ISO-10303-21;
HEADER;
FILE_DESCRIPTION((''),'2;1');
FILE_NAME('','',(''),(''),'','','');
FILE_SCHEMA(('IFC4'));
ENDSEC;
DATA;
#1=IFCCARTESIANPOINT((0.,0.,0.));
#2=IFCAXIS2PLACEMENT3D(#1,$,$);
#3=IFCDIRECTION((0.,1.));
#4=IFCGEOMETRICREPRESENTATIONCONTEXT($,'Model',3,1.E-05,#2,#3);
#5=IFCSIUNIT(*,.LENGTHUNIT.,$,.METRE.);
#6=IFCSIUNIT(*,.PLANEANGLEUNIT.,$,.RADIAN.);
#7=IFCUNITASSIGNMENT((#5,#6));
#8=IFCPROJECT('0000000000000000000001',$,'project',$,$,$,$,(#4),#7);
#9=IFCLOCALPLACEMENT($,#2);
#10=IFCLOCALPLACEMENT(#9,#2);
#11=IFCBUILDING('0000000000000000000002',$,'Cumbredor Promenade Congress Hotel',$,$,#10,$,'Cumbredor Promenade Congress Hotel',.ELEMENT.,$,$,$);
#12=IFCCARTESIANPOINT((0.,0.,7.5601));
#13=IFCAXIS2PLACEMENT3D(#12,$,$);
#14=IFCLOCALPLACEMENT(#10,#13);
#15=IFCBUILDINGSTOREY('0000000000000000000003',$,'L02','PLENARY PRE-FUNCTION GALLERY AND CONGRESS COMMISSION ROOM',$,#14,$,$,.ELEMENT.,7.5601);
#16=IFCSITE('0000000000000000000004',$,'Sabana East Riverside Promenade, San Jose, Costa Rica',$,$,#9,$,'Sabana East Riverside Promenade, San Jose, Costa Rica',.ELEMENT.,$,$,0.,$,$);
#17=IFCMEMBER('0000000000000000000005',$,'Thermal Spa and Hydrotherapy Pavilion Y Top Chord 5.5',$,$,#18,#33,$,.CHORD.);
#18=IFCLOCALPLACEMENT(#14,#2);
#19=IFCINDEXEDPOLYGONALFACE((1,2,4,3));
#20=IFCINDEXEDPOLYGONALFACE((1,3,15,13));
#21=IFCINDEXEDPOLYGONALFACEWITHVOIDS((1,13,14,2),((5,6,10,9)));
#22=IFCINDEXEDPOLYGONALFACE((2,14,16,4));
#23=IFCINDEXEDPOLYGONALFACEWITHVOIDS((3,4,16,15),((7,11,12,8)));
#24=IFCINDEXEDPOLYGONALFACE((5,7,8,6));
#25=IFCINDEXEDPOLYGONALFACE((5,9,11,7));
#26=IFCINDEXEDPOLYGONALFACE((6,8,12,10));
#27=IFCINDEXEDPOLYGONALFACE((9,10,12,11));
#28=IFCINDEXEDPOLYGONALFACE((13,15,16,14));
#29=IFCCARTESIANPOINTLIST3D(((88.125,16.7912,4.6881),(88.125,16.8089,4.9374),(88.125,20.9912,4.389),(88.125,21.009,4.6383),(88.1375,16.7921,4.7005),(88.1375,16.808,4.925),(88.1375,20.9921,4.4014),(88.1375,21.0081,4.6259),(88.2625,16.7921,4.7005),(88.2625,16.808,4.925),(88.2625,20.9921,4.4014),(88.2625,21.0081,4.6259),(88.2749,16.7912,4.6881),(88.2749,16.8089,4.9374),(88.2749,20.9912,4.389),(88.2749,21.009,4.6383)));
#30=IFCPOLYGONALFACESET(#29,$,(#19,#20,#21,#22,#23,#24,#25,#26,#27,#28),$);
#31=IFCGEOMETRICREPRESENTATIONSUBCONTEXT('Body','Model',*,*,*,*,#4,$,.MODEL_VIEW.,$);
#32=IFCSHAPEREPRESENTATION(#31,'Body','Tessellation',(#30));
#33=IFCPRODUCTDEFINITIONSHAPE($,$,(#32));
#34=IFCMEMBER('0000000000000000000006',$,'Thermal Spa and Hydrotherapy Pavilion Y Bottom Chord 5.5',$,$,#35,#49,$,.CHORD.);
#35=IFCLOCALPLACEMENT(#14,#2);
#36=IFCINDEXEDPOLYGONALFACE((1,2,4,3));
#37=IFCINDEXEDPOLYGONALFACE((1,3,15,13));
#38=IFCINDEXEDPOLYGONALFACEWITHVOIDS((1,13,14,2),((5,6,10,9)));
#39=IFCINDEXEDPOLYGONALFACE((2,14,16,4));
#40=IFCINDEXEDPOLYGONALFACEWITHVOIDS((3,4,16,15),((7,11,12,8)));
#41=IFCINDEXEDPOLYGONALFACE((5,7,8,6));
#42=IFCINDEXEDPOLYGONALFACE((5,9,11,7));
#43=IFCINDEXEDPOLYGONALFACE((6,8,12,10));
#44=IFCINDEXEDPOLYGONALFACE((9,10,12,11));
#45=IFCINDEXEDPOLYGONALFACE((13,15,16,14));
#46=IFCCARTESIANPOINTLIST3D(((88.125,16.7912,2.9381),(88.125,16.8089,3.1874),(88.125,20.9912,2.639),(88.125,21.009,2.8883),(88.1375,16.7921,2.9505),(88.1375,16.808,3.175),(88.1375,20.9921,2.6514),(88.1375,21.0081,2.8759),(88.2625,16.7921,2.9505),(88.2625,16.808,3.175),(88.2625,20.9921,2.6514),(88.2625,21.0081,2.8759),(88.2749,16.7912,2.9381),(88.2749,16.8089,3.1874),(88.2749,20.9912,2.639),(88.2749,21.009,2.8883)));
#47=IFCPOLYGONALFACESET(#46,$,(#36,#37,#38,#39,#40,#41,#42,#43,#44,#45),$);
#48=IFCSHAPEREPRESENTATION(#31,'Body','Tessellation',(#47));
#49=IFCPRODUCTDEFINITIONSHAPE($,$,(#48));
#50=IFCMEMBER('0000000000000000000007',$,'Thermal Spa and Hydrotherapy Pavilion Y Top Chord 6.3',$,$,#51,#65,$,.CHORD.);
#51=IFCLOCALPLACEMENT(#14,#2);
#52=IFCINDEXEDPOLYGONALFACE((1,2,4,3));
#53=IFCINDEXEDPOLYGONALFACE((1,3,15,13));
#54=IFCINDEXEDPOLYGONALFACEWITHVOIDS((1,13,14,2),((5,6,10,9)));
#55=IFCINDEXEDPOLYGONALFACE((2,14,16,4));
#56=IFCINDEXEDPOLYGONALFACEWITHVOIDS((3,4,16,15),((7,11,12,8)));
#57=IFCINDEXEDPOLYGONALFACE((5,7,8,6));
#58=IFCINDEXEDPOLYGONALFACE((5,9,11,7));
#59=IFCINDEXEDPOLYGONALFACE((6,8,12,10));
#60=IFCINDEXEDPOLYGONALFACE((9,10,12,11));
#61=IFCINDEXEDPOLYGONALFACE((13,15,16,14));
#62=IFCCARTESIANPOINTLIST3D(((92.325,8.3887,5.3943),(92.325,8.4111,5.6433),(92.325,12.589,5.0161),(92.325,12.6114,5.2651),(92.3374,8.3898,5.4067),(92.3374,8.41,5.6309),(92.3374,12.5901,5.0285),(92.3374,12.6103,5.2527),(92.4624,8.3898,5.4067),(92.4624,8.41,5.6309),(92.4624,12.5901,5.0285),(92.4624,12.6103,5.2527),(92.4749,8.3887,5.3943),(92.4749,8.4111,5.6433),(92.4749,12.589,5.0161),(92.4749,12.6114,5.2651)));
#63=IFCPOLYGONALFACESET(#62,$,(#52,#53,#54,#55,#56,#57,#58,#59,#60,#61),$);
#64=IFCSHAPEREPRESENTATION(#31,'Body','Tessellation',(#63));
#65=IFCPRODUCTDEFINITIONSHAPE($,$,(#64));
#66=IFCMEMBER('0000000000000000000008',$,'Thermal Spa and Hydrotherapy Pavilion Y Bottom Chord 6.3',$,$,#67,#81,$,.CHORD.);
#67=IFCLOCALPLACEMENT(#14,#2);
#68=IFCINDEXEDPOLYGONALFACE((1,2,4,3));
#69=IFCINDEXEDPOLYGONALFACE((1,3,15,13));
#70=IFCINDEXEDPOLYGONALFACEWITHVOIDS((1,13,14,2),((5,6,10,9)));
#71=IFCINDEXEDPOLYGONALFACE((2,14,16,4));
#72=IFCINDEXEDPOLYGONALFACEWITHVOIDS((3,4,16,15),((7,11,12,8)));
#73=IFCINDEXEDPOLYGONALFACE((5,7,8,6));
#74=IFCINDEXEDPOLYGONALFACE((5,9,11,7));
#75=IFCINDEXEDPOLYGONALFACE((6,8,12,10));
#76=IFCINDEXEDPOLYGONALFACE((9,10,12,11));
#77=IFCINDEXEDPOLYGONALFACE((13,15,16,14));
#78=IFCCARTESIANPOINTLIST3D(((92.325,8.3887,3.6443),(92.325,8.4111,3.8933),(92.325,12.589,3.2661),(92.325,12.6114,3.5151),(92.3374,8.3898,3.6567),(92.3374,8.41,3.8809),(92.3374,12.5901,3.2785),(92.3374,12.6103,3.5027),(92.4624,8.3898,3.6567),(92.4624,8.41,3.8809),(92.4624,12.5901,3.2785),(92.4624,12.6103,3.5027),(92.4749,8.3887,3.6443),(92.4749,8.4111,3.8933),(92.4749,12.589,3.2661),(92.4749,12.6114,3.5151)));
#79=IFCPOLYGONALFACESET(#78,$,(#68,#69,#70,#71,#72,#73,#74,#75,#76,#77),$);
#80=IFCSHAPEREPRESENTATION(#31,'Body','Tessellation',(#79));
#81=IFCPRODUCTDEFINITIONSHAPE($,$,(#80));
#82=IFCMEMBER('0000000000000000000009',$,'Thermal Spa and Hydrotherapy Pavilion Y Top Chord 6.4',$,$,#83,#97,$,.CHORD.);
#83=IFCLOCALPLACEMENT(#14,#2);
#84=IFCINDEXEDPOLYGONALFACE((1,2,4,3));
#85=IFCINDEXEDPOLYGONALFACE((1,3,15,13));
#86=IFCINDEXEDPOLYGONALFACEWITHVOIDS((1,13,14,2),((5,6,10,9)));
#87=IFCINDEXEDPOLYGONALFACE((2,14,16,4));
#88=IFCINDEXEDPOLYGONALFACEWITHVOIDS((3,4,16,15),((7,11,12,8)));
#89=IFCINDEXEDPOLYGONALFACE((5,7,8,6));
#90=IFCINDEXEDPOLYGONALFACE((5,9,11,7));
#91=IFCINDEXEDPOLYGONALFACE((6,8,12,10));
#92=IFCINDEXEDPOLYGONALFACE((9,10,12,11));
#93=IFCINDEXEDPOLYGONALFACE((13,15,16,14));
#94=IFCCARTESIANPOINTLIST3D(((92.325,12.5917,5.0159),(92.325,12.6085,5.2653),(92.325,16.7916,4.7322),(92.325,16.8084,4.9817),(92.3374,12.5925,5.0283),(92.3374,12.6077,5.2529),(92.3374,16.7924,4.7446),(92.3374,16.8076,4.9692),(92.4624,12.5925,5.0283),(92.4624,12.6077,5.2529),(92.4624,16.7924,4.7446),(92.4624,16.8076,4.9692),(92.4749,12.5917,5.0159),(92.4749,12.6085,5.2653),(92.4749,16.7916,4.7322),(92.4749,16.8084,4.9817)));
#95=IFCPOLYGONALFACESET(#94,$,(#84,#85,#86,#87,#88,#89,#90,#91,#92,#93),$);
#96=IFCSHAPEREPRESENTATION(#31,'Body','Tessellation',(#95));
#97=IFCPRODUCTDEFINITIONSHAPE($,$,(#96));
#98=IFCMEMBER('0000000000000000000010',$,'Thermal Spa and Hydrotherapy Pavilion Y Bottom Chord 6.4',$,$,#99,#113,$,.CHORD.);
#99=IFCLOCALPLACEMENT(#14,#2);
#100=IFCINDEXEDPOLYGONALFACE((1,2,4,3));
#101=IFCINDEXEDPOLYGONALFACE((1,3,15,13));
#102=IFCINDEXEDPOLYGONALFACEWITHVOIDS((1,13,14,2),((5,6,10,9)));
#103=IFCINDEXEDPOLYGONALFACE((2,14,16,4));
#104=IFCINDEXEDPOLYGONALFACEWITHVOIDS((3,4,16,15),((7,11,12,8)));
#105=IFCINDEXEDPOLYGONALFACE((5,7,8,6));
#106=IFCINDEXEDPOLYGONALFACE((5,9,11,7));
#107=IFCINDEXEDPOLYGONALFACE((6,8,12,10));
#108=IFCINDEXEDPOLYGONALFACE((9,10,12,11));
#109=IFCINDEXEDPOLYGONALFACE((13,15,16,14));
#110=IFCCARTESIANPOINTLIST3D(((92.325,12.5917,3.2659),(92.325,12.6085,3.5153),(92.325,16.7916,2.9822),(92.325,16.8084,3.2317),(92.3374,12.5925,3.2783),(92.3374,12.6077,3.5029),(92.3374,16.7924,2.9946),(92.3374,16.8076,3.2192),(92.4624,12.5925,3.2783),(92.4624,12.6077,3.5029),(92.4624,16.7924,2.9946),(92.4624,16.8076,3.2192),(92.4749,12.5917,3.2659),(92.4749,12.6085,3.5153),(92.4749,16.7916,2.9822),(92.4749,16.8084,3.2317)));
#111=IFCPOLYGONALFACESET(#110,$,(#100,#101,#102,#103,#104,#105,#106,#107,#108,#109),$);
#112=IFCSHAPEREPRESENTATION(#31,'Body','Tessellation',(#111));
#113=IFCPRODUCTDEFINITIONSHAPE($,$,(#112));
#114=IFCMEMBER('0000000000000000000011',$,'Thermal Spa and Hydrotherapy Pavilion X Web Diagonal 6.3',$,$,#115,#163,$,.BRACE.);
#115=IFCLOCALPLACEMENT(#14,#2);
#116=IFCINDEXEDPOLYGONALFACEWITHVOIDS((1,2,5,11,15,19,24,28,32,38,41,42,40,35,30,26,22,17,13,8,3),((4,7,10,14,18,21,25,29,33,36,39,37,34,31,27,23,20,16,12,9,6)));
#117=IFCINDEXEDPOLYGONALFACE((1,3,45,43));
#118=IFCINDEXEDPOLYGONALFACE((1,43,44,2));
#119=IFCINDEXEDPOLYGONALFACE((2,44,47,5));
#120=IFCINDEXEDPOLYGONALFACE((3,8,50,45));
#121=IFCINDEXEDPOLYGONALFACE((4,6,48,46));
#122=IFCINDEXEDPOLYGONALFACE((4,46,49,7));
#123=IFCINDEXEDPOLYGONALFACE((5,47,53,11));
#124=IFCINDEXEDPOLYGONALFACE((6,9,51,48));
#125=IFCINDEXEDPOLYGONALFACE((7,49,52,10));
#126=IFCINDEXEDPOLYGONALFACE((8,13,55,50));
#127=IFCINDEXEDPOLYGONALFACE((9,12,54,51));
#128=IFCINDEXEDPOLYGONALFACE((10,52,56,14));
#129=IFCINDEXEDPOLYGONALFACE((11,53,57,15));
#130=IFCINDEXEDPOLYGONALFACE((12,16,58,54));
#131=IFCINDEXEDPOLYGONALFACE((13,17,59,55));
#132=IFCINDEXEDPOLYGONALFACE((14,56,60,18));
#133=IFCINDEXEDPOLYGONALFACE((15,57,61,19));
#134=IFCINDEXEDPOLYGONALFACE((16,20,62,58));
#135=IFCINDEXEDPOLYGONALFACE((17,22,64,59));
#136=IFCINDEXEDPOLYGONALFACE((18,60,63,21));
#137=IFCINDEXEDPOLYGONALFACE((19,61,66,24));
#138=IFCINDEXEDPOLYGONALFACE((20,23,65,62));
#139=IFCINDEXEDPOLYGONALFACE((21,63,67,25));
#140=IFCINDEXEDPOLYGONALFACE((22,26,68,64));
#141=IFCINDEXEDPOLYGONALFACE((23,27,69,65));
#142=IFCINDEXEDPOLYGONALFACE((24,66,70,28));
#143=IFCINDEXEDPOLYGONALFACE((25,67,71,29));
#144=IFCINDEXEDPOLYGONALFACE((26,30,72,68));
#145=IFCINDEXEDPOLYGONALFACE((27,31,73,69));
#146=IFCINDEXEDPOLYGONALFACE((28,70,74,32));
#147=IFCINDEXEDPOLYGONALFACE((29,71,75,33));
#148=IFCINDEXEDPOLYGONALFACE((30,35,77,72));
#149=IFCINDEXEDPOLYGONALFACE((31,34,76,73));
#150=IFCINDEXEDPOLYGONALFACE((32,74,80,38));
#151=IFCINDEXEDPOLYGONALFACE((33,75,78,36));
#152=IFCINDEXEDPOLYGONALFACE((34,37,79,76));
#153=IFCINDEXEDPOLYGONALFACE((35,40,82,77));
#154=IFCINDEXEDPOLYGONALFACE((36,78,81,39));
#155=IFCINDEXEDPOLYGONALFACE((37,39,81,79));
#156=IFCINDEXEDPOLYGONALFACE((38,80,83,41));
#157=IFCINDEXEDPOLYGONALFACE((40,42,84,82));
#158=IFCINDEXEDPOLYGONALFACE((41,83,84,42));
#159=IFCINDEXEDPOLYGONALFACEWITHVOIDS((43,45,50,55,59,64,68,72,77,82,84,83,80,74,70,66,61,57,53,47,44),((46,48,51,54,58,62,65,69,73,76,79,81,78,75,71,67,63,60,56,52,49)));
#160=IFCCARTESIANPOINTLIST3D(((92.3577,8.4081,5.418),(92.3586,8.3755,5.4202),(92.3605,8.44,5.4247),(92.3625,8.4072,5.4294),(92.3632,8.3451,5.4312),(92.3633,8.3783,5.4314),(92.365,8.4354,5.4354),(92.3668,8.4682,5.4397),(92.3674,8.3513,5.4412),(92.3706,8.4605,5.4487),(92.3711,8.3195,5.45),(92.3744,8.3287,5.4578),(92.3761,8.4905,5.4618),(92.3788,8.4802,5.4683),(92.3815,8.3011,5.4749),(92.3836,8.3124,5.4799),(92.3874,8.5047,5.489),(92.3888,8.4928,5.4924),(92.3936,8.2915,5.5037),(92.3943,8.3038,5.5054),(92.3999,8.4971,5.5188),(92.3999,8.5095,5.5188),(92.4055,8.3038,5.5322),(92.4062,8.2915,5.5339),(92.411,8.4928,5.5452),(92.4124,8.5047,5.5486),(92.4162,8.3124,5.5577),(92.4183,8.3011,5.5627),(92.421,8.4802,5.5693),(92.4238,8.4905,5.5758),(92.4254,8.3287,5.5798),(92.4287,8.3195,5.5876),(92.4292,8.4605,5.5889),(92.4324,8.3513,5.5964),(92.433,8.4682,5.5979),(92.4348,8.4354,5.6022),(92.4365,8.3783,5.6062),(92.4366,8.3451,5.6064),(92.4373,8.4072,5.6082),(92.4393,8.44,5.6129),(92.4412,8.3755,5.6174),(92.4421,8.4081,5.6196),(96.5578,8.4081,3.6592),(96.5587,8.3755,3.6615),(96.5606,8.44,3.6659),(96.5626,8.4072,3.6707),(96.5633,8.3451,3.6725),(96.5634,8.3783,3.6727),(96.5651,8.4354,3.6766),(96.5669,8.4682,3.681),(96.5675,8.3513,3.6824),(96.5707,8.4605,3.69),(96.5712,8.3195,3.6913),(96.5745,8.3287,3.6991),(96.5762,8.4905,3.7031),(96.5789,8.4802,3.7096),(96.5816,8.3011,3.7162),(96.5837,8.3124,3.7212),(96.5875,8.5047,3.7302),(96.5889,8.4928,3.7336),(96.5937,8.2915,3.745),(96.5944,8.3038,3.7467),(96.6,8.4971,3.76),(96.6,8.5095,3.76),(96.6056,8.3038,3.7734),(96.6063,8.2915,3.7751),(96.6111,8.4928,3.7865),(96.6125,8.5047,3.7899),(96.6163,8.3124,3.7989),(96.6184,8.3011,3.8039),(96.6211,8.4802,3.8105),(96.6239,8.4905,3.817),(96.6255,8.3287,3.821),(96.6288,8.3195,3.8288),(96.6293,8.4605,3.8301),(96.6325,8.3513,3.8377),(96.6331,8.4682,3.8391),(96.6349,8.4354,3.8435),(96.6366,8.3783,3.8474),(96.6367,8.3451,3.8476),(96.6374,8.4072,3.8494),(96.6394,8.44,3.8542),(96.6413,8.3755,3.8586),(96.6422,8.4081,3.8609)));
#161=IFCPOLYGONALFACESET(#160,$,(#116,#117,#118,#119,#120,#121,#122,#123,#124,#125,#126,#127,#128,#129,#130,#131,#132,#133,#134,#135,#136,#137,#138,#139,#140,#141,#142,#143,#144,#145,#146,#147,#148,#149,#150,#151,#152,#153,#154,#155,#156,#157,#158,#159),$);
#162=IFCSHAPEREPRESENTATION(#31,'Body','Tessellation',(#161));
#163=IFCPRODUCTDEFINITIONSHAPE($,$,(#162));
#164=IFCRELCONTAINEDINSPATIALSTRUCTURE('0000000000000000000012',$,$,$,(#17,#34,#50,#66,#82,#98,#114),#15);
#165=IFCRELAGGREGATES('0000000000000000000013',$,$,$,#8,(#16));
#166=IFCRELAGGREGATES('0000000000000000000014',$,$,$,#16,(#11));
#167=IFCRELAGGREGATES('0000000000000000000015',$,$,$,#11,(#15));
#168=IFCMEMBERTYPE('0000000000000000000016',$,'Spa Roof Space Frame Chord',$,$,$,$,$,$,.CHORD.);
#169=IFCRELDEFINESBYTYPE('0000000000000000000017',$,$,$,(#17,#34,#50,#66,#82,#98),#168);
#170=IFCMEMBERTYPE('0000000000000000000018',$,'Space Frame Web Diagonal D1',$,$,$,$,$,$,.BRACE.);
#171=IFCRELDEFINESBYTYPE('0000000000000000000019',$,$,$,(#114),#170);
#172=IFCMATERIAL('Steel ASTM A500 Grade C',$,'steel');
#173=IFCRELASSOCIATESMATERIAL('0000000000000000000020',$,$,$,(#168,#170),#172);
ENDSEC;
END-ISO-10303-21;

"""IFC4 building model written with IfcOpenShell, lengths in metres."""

from ifc_helpers import new_model, si_unit, direction, frame, origin, origin_2d, place, context, subcontext, project, spatial, hollow_rectangle, hollow_circle, extrude, material, material_profile, profile_set, type_object, element, save


model = new_model("IFC4")

# Units and contexts
model_context = context("Model", 3, precision=1e-05, world=origin(), true_north=direction((0.0, 1.0)))
body_context = subcontext(model_context, "Body", "Model", "MODEL_VIEW")
ifc_project = project(units=[si_unit("LENGTHUNIT", "METRE"), si_unit("PLANEANGLEUNIT", "RADIAN")], contexts=[model_context])

# Site, building, storey
site_placement = place(None, origin())
site = spatial("IfcSite", under=ifc_project, at=site_placement, Name="Sabana East Riverside Promenade, San Jose, Costa Rica", LongName="Sabana East Riverside Promenade, San Jose, Costa Rica", CompositionType="ELEMENT", RefElevation=0.0)
building_placement = place(site_placement, origin())
building = spatial("IfcBuilding", under=site, at=building_placement, Name="Cumbredor Promenade Congress Hotel", LongName="Cumbredor Promenade Congress Hotel", CompositionType="ELEMENT")
storey_placement = place(building_placement, frame((0.0, 0.0, 7.5601)))
storey = spatial("IfcBuildingStorey", under=building, at=storey_placement, Name="L02", Description="PLENARY PRE-FUNCTION GALLERY AND CONGRESS COMMISSION ROOM", CompositionType="ELEMENT", Elevation=7.5601)

# Members
ifc_material_1 = material(Name="Steel ASTM A500 Grade C", Category="steel")
ifc_material_profile_1 = material_profile(ifc_material_1, hollow_rectangle(XDim=0.1499, YDim=0.25, WallThickness=0.0125, at=origin_2d()), Name="HSS 250x150x12.5")
ifc_profile_set_1 = profile_set([ifc_material_profile_1], Name="Steel ASTM A500 Grade C")
member_type_1 = type_object("IfcMemberType", Name="Spa Roof Space Frame Chord", PredefinedType="CHORD", material=ifc_profile_set_1)
for number, where, z_axis, x_axis, name in (
    (1, (88.2, 16.8, 4.8127), (0.0, 0.997474, -0.071029), (-1.0, 0.0, 0.0), "Thermal Spa and Hydrotherapy Pavilion Y Top Chord 5.5"),
    (2, (88.2, 16.8, 3.0627), (0.0, 0.997474, -0.071029), (-1.0, 0.0, 0.0), "Thermal Spa and Hydrotherapy Pavilion Y Bottom Chord 5.5"),
):
    element("IfcMember", number, at=place(storey_placement, frame(where, z_axis=z_axis, x_axis=x_axis)), inside=storey, type_object=member_type_1, Name=name, PredefinedType="CHORD", context=body_context, shape_type="SweptSolid", body=[
        extrude(hollow_rectangle(XDim=0.1499, YDim=0.25, WallThickness=0.0125, at=origin_2d()), origin(), (0.0, 0.0, 1.0), 4.2107),
    ])
for number, where, z_axis, x_axis, name in (
    (3, (92.3999, 8.3999, 5.5188), (0.0, 0.995971, -0.089674), (-1.0, 0.0, 0.0), "Thermal Spa and Hydrotherapy Pavilion Y Top Chord 6.3"),
    (4, (92.3999, 8.3999, 3.7688), (0.0, 0.995971, -0.089674), (-1.0, 0.0, 0.0), "Thermal Spa and Hydrotherapy Pavilion Y Bottom Chord 6.3"),
):
    element("IfcMember", number, at=place(storey_placement, frame(where, z_axis=z_axis, x_axis=x_axis)), inside=storey, type_object=member_type_1, Name=name, PredefinedType="CHORD", context=body_context, shape_type="SweptSolid", body=[
        extrude(hollow_rectangle(XDim=0.1499, YDim=0.25, WallThickness=0.0125, at=origin_2d()), origin(), (0.0, 0.0, 1.0), 4.2173),
    ])
for number, where, z_axis, x_axis, name in (
    (5, (92.3999, 12.6001, 5.1406), (0.0, 0.997727, -0.067393), (-1.0, 0.0, 0.0), "Thermal Spa and Hydrotherapy Pavilion Y Top Chord 6.4"),
    (6, (92.3999, 12.6001, 3.3906), (0.0, 0.997727, -0.067393), (-1.0, 0.0, 0.0), "Thermal Spa and Hydrotherapy Pavilion Y Bottom Chord 6.4"),
):
    element("IfcMember", number, at=place(storey_placement, frame(where, z_axis=z_axis, x_axis=x_axis)), inside=storey, type_object=member_type_1, Name=name, PredefinedType="CHORD", context=body_context, shape_type="SweptSolid", body=[
        extrude(hollow_rectangle(XDim=0.1499, YDim=0.25, WallThickness=0.0125, at=origin_2d()), origin(), (0.0, 0.0, 1.0), 4.2095),
    ])
ifc_material_profile_2 = material_profile(ifc_material_1, hollow_circle(Radius=0.1096, WallThickness=0.0125, at=origin_2d()), Name="CHS 219.1x12.5")
ifc_profile_set_2 = profile_set([ifc_material_profile_2], Name="Steel ASTM A500 Grade C")
member_type_2 = type_object("IfcMemberType", Name="Space Frame Web Diagonal D1", PredefinedType="BRACE", material=ifc_profile_set_2)
member_1_placement = place(storey_placement, frame((92.3999, 8.3999, 5.5188), z_axis=(0.922397, 0.0, -0.386244), x_axis=(0.0, 1.0, 0.0)))
element("IfcMember", 7, at=member_1_placement, inside=storey, type_object=member_type_2, Name="Thermal Spa and Hydrotherapy Pavilion X Web Diagonal 6.3", PredefinedType="BRACE", context=body_context, shape_type="SweptSolid", body=[
    extrude(hollow_circle(Radius=0.1096, WallThickness=0.0125, at=origin_2d()), origin(), (0.0, 0.0, 1.0), 4.5535),
])

save(model, "model.ifc")
